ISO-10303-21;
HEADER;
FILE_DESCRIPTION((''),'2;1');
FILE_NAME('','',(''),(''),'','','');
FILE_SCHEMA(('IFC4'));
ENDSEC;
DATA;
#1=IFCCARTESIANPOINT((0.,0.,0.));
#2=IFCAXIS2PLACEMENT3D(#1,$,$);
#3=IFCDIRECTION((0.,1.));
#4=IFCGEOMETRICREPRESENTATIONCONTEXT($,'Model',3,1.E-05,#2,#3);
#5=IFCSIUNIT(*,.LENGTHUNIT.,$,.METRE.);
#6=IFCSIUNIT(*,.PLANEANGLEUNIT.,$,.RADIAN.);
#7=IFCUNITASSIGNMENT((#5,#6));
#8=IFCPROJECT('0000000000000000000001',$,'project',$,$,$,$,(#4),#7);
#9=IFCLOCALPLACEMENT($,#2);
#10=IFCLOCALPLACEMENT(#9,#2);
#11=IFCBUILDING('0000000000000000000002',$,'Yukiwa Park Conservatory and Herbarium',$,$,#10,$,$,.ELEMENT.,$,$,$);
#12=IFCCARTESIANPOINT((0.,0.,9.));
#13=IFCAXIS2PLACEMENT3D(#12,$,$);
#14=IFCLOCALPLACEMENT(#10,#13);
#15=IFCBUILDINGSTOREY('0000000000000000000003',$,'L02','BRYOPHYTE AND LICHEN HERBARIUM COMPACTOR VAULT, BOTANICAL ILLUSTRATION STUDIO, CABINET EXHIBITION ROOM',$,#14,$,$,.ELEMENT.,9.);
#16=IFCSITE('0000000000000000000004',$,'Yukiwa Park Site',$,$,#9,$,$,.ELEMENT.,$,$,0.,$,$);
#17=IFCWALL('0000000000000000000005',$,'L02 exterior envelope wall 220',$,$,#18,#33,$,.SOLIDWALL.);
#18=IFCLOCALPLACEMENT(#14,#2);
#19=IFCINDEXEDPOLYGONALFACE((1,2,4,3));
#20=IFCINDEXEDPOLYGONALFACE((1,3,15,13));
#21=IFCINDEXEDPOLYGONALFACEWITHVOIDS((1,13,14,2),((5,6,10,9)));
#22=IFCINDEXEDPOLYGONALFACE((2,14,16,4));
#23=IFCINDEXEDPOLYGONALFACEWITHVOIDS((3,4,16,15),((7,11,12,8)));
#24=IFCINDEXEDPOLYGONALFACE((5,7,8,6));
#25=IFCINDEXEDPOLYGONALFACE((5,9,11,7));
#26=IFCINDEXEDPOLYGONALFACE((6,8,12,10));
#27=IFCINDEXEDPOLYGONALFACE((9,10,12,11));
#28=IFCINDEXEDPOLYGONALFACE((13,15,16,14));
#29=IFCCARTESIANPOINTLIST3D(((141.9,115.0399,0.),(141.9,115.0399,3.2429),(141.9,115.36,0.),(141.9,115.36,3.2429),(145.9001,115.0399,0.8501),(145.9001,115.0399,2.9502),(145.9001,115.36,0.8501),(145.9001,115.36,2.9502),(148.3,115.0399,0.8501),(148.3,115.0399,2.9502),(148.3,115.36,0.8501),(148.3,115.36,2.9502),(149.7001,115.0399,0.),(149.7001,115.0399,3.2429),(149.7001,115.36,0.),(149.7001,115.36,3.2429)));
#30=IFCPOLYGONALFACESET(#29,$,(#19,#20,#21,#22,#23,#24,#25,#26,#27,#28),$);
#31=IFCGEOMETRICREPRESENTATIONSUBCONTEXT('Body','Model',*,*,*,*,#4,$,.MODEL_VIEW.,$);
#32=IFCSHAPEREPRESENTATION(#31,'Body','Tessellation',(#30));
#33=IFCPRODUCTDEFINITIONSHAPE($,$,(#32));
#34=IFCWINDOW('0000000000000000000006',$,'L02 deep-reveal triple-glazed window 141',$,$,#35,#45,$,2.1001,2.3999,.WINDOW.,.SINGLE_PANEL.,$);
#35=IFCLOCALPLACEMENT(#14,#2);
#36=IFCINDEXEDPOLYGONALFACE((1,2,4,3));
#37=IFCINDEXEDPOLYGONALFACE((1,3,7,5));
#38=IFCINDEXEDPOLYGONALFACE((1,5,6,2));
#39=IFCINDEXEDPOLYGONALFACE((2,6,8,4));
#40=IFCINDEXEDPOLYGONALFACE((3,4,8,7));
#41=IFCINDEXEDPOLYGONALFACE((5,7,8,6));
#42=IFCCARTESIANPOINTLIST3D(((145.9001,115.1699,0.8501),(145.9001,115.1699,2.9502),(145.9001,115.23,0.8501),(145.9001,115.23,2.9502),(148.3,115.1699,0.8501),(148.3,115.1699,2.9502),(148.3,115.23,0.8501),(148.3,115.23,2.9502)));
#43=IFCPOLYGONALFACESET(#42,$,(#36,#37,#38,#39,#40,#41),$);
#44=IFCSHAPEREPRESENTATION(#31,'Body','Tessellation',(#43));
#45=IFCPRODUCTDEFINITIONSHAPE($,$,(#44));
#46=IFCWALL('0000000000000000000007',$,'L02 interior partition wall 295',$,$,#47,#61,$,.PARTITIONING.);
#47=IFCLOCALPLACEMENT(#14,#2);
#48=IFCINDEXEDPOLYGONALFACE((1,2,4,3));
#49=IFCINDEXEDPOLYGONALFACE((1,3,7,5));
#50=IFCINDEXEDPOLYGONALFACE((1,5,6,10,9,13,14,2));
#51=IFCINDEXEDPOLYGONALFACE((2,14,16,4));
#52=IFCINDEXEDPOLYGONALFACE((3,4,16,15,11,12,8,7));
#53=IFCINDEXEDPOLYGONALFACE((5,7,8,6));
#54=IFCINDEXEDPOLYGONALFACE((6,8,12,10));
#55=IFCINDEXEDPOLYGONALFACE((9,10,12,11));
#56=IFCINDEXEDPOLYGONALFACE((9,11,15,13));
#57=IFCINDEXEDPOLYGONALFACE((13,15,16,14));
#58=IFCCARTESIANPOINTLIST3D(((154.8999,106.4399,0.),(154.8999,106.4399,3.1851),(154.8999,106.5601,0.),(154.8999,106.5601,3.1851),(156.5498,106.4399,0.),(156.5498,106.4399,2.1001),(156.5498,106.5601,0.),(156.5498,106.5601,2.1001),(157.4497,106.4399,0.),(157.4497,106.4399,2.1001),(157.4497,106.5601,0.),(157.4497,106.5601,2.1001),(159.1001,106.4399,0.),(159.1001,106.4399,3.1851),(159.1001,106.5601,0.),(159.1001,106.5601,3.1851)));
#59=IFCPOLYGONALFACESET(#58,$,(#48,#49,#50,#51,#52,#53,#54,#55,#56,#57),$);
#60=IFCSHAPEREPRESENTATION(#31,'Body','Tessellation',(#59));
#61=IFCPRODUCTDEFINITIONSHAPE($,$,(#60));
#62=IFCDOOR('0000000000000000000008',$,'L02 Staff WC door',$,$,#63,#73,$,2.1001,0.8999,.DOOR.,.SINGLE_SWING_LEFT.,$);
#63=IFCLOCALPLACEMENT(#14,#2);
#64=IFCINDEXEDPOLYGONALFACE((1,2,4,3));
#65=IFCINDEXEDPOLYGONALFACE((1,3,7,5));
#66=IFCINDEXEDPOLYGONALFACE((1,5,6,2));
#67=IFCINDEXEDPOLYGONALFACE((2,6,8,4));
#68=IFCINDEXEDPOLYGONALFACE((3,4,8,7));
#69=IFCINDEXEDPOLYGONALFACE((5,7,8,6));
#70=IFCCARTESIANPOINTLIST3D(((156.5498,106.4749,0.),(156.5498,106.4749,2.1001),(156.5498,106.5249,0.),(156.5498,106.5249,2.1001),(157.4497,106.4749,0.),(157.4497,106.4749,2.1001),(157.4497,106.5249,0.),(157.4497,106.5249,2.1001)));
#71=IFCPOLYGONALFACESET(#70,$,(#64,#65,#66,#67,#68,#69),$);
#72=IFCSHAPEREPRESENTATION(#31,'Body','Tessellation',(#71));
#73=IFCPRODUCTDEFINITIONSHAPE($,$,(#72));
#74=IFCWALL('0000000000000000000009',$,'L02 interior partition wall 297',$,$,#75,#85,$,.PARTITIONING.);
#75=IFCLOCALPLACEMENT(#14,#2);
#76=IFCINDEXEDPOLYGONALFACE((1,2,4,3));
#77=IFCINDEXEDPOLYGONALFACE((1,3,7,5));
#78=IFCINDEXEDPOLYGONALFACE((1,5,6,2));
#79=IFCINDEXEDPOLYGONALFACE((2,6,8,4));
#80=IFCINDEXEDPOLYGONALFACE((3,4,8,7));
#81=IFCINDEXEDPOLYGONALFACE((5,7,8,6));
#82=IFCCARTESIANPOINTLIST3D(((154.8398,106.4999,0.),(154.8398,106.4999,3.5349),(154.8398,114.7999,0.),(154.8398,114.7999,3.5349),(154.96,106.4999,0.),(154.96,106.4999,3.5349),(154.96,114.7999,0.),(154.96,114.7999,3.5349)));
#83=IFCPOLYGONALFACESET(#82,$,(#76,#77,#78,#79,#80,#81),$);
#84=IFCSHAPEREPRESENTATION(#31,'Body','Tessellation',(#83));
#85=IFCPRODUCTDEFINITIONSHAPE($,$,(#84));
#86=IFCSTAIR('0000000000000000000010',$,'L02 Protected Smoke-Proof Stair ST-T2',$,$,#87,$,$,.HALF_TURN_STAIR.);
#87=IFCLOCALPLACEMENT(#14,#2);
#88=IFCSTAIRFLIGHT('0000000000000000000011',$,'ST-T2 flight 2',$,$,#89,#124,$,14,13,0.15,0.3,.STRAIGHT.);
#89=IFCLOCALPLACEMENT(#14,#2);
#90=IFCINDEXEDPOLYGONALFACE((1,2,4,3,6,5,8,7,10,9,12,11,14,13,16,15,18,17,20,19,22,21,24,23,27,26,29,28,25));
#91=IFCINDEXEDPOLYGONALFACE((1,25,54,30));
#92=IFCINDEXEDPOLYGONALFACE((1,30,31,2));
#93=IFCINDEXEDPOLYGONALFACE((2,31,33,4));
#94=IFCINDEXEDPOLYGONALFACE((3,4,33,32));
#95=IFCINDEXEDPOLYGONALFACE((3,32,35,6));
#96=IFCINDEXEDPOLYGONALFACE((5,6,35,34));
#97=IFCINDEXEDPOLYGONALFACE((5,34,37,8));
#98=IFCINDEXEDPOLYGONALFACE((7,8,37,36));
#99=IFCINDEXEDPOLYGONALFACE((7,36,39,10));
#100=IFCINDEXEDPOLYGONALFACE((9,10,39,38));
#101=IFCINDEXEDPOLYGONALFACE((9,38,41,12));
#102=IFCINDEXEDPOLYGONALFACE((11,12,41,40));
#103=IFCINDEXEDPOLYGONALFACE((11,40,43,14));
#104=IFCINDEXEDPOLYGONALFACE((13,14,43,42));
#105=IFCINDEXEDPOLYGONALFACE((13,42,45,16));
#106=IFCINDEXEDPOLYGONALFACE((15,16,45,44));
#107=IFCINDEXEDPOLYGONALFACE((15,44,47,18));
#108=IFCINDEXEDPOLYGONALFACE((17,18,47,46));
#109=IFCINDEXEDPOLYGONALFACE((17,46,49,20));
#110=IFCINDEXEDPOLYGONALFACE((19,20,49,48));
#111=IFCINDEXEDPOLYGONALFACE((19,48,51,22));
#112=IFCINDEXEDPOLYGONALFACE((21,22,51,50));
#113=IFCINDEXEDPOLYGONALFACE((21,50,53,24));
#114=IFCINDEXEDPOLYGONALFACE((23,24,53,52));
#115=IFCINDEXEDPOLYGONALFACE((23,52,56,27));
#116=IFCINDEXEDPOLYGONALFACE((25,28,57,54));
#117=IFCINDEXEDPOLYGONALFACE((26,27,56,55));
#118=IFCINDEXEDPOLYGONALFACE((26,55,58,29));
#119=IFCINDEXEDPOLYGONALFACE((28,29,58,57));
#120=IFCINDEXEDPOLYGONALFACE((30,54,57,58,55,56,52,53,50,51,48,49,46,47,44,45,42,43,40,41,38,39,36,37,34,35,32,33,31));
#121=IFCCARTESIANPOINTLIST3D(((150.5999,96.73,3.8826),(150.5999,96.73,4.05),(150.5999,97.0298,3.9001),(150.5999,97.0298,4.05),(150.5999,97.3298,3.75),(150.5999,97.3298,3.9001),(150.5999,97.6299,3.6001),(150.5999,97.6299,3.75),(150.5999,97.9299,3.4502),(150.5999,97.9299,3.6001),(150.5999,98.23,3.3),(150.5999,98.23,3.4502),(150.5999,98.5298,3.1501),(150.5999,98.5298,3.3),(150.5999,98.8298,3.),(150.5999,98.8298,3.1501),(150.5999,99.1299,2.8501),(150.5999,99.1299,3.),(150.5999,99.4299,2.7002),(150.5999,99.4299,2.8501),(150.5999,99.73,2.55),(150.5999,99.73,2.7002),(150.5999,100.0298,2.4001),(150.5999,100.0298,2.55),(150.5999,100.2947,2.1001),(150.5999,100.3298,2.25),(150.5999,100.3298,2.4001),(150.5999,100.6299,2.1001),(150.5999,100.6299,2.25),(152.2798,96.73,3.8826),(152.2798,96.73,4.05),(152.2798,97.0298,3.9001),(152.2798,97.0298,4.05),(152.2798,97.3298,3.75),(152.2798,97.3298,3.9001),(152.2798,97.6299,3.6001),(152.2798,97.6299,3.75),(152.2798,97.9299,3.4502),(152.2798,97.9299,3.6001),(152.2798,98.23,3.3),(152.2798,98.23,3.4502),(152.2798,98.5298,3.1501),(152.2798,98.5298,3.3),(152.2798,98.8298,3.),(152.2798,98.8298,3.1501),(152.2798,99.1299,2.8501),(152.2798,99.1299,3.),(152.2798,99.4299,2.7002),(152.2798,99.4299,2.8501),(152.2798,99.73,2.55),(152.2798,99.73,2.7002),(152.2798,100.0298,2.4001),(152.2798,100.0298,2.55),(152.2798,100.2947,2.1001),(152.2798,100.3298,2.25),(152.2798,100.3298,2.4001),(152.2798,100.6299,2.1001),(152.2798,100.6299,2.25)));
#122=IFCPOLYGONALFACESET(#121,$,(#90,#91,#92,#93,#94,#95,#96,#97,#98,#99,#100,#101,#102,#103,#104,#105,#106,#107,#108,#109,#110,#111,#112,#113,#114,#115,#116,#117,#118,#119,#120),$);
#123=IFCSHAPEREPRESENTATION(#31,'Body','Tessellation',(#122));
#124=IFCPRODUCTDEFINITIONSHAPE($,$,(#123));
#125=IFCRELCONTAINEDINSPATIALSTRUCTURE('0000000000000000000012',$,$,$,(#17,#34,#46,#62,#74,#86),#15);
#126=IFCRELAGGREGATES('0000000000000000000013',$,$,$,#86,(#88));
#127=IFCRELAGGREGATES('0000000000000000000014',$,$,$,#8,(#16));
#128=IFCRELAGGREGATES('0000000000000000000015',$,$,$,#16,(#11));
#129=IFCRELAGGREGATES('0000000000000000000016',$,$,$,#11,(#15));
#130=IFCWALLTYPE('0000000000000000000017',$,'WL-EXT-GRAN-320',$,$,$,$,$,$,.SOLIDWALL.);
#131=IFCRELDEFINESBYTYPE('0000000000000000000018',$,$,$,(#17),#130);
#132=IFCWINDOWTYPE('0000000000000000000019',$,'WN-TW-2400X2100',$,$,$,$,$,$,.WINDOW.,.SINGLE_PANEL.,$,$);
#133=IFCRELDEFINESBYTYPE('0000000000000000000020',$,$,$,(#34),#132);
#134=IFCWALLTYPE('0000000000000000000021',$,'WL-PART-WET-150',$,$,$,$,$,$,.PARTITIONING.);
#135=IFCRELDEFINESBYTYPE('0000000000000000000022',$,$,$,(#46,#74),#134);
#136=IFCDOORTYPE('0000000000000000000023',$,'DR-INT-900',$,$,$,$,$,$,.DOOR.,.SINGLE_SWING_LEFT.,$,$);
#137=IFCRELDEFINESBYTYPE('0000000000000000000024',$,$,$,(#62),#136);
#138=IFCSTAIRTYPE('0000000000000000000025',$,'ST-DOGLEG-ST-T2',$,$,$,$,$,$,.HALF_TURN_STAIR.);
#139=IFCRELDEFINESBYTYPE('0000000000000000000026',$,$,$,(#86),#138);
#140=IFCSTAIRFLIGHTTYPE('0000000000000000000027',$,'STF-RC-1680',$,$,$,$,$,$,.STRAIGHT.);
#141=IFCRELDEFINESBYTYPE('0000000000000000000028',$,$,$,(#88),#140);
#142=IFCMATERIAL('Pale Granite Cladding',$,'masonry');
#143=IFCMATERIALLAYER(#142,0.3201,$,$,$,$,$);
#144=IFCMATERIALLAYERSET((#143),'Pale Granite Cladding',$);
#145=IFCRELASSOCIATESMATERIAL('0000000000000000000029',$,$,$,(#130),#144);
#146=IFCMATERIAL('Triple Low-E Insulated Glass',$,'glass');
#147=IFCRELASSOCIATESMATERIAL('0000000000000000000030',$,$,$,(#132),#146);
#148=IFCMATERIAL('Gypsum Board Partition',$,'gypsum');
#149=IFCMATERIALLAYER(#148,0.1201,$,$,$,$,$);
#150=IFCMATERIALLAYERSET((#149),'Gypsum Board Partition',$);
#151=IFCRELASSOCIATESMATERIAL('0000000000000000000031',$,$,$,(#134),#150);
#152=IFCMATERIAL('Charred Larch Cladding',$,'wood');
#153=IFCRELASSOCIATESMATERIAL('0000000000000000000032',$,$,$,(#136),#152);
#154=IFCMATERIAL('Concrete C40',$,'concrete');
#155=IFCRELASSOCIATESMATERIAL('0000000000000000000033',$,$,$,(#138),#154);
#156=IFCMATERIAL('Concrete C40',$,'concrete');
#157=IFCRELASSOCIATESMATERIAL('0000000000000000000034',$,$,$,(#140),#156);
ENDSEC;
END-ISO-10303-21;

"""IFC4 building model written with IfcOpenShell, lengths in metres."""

from ifc_helpers import new_model, si_unit, direction, frame, frame_2d, origin, place, context, subcontext, project, spatial, polyline, rectangle, outline, extrude, material, layer, layer_set, type_object, element, fill, aggregate, save


model = new_model("IFC4")

# Units and contexts
model_context = context("Model", 3, precision=1e-05, world=origin(), true_north=direction((0.0, 1.0)))
body_context = subcontext(model_context, "Body", "Model", "MODEL_VIEW")
ifc_project = project(units=[si_unit("LENGTHUNIT", "METRE"), si_unit("PLANEANGLEUNIT", "RADIAN")], contexts=[model_context])

# Site, building, storey
site_placement = place(None, origin())
site = spatial("IfcSite", under=ifc_project, at=site_placement, Name="Yukiwa Park Site", CompositionType="ELEMENT", RefElevation=0.0)
building_placement = place(site_placement, origin())
building = spatial("IfcBuilding", under=site, at=building_placement, Name="Yukiwa Park Conservatory and Herbarium", CompositionType="ELEMENT")
storey_placement = place(building_placement, frame((0.0, 0.0, 9.0)))
storey = spatial("IfcBuildingStorey", under=building, at=storey_placement, Name="L02", Description="BRYOPHYTE AND LICHEN HERBARIUM COMPACTOR VAULT, BOTANICAL ILLUSTRATION STUDIO, CABINET EXHIBITION ROOM", CompositionType="ELEMENT", Elevation=9.0)

# Shared definitions
ifc_material_1 = material(Name="Pale Granite Cladding", Category="masonry")
ifc_layer_1 = layer(ifc_material_1, 0.3201)
ifc_layer_set_1 = layer_set([ifc_layer_1], Name="Pale Granite Cladding")
wall_type_1 = type_object("IfcWallType", Name="WL-EXT-GRAN-320", PredefinedType="SOLIDWALL", material=ifc_layer_set_1)

# Wall, opening, window
wall_1_placement = place(storey_placement, frame((149.7, 115.2, 0.0), z_axis=(0.0, 0.0, 1.0), x_axis=(-1.0, 0.0, 0.0)))
wall_1 = element("IfcWall", 1, at=wall_1_placement, inside=storey, type_object=wall_type_1, Name="L02 exterior envelope wall 220", PredefinedType="SOLIDWALL", context=body_context, shape_type="SweptSolid", body=[
    extrude(rectangle(XDim=7.8, YDim=0.3201, at=frame_2d((3.8999, 0.0))), origin(), (0.0, 0.0, 1.0), 3.2429),
])
opening_1_placement = place(wall_1_placement, frame((1.3999, 0.0, 0.8501)))
opening_1 = element("IfcOpeningElement", 2, at=opening_1_placement, cuts=wall_1, PredefinedType="OPENING", context=body_context, shape_type="SweptSolid", body=[
    extrude(rectangle(XDim=2.3999, YDim=2.1001, at=frame_2d((1.2, 1.05))), frame((0.0, 0.1699, 0.0), z_axis=(0.0, -1.0, 0.0), x_axis=(1.0, 0.0, 0.0)), (0.0, 0.0, 1.0), 0.3401),
])
ifc_material_2 = material(Name="Triple Low-E Insulated Glass", Category="glass")
window_type_1 = type_object("IfcWindowType", Name="WN-TW-2400X2100", PartitioningType="SINGLE_PANEL", PredefinedType="WINDOW", material=ifc_material_2)
window_1_placement = place(opening_1_placement, origin())
window_1 = element("IfcWindow", 3, at=window_1_placement, inside=storey, type_object=window_type_1, Name="L02 deep-reveal triple-glazed window 141", OverallHeight=2.1001, OverallWidth=2.3999, PartitioningType="SINGLE_PANEL", PredefinedType="WINDOW", context=body_context, shape_type="SweptSolid", body=[
    extrude(rectangle(XDim=2.3999, YDim=2.1001, at=frame_2d((1.2, 1.05))), frame((0.0, 0.03, 0.0), z_axis=(0.0, -1.0, 0.0), x_axis=(1.0, 0.0, 0.0)), (0.0, 0.0, 1.0), 0.0601),
])
fill(opening_1, window_1)

# Wall, opening, door
ifc_material_3 = material(Name="Gypsum Board Partition", Category="gypsum")
ifc_layer_2 = layer(ifc_material_3, 0.1201)
ifc_layer_set_2 = layer_set([ifc_layer_2], Name="Gypsum Board Partition")
wall_type_2 = type_object("IfcWallType", Name="WL-PART-WET-150", PredefinedType="PARTITIONING", material=ifc_layer_set_2)
wall_2_placement = place(storey_placement, frame((154.8999, 106.5, 0.0), z_axis=(0.0, 0.0, 1.0), x_axis=(1.0, 0.0, 0.0)))
wall_2 = element("IfcWall", 4, at=wall_2_placement, inside=storey, type_object=wall_type_2, Name="L02 interior partition wall 295", PredefinedType="PARTITIONING", context=body_context, shape_type="SweptSolid", body=[
    extrude(rectangle(XDim=4.2002, YDim=0.1201, at=frame_2d((2.1001, 0.0))), origin(), (0.0, 0.0, 1.0), 3.1851),
])
opening_2_placement = place(wall_2_placement, frame((1.6499, 0.0, 0.0)))
opening_2 = element("IfcOpeningElement", 5, at=opening_2_placement, cuts=wall_2, PredefinedType="OPENING", context=body_context, shape_type="SweptSolid", body=[
    extrude(rectangle(XDim=0.8999, YDim=2.1001, at=frame_2d((0.45, 1.05))), frame((0.0, 0.0701, 0.0), z_axis=(0.0, -1.0, 0.0), x_axis=(1.0, 0.0, 0.0)), (0.0, 0.0, 1.0), 0.1401),
])
ifc_material_4 = material(Name="Charred Larch Cladding", Category="wood")
door_type = type_object("IfcDoorType", Name="DR-INT-900", OperationType="SINGLE_SWING_LEFT", PredefinedType="DOOR", material=ifc_material_4)
door_placement = place(opening_2_placement, origin())
door = element("IfcDoor", 6, at=door_placement, inside=storey, type_object=door_type, Name="L02 Staff WC door", OperationType="SINGLE_SWING_LEFT", OverallHeight=2.1001, OverallWidth=0.8999, PredefinedType="DOOR", context=body_context, shape_type="SweptSolid", body=[
    extrude(rectangle(XDim=0.8999, YDim=2.1001, at=frame_2d((0.45, 1.05))), frame((0.0, 0.0249, 0.0), z_axis=(0.0, -1.0, 0.0), x_axis=(1.0, 0.0, 0.0)), (0.0, 0.0, 1.0), 0.05),
])
fill(opening_2, door)

# Wall
wall_3_placement = place(storey_placement, frame((154.8999, 106.5, 0.0), z_axis=(0.0, 0.0, 1.0), x_axis=(0.0, 1.0, 0.0)))
element("IfcWall", 7, at=wall_3_placement, inside=storey, type_object=wall_type_2, Name="L02 interior partition wall 297", PredefinedType="PARTITIONING", context=body_context, shape_type="SweptSolid", body=[
    extrude(rectangle(XDim=8.3, YDim=0.1201, at=frame_2d((4.1499, 0.0))), origin(), (0.0, 0.0, 1.0), 3.5349),
])

# Stair, stair flight
ifc_material_5 = material(Name="Concrete C40", Category="concrete")
stair_type = type_object("IfcStairType", Name="ST-DOGLEG-ST-T2", PredefinedType="HALF_TURN_STAIR", material=ifc_material_5)
stair_placement = place(storey_placement, origin())
stair = element("IfcStair", 8, at=stair_placement, inside=storey, type_object=stair_type, Name="L02 Protected Smoke-Proof Stair ST-T2", PredefinedType="HALF_TURN_STAIR")
ifc_material_6 = material(Name="Concrete C40", Category="concrete")
stair_flight_type = type_object("IfcStairFlightType", Name="STF-RC-1680", PredefinedType="STRAIGHT", material=ifc_material_6)
stair_flight_placement = place(storey_placement, frame((151.4399, 100.6299, 2.1001), z_axis=(0.0, 0.0, 1.0), x_axis=(0.0, -1.0, 0.0)))
stair_flight = element("IfcStairFlight", 9, at=stair_flight_placement, type_object=stair_flight_type, Name="ST-T2 flight 2", NumberOfRisers=14, NumberOfTreads=13, PredefinedType="STRAIGHT", RiserHeight=0.15, TreadLength=0.3, context=body_context, shape_type="SweptSolid", body=[
    extrude(outline(polyline([(0.0, 0.0), (0.0, 0.1499), (0.3, 0.1499), (0.3, 0.3), (0.6001, 0.3), (0.6001, 0.45), (0.8999, 0.45), (0.8999, 0.6001), (1.2, 0.6001), (1.2, 0.75), (1.5, 0.75), (1.5, 0.8999), (1.8, 0.8999), (1.8, 1.05), (2.1001, 1.05), (2.1001, 1.2), (2.3999, 1.2), (2.3999, 1.3501), (2.7, 1.3501), (2.7, 1.5), (3.0, 1.5), (3.0, 1.6499), (3.3, 1.6499), (3.3, 1.8), (3.6001, 1.8), (3.6001, 1.95), (3.8999, 1.95), (3.8999, 2.1001), (3.8999, 1.7825), (0.3352, 0.0), (0.0, 0.0)])), frame((0.0, 0.8398, 0.0), z_axis=(0.0, -1.0, 0.0), x_axis=(1.0, 0.0, 0.0)), (0.0, 0.0, 1.0), 1.6799),
])
aggregate(stair, [stair_flight])

save(model, "model.ifc")
